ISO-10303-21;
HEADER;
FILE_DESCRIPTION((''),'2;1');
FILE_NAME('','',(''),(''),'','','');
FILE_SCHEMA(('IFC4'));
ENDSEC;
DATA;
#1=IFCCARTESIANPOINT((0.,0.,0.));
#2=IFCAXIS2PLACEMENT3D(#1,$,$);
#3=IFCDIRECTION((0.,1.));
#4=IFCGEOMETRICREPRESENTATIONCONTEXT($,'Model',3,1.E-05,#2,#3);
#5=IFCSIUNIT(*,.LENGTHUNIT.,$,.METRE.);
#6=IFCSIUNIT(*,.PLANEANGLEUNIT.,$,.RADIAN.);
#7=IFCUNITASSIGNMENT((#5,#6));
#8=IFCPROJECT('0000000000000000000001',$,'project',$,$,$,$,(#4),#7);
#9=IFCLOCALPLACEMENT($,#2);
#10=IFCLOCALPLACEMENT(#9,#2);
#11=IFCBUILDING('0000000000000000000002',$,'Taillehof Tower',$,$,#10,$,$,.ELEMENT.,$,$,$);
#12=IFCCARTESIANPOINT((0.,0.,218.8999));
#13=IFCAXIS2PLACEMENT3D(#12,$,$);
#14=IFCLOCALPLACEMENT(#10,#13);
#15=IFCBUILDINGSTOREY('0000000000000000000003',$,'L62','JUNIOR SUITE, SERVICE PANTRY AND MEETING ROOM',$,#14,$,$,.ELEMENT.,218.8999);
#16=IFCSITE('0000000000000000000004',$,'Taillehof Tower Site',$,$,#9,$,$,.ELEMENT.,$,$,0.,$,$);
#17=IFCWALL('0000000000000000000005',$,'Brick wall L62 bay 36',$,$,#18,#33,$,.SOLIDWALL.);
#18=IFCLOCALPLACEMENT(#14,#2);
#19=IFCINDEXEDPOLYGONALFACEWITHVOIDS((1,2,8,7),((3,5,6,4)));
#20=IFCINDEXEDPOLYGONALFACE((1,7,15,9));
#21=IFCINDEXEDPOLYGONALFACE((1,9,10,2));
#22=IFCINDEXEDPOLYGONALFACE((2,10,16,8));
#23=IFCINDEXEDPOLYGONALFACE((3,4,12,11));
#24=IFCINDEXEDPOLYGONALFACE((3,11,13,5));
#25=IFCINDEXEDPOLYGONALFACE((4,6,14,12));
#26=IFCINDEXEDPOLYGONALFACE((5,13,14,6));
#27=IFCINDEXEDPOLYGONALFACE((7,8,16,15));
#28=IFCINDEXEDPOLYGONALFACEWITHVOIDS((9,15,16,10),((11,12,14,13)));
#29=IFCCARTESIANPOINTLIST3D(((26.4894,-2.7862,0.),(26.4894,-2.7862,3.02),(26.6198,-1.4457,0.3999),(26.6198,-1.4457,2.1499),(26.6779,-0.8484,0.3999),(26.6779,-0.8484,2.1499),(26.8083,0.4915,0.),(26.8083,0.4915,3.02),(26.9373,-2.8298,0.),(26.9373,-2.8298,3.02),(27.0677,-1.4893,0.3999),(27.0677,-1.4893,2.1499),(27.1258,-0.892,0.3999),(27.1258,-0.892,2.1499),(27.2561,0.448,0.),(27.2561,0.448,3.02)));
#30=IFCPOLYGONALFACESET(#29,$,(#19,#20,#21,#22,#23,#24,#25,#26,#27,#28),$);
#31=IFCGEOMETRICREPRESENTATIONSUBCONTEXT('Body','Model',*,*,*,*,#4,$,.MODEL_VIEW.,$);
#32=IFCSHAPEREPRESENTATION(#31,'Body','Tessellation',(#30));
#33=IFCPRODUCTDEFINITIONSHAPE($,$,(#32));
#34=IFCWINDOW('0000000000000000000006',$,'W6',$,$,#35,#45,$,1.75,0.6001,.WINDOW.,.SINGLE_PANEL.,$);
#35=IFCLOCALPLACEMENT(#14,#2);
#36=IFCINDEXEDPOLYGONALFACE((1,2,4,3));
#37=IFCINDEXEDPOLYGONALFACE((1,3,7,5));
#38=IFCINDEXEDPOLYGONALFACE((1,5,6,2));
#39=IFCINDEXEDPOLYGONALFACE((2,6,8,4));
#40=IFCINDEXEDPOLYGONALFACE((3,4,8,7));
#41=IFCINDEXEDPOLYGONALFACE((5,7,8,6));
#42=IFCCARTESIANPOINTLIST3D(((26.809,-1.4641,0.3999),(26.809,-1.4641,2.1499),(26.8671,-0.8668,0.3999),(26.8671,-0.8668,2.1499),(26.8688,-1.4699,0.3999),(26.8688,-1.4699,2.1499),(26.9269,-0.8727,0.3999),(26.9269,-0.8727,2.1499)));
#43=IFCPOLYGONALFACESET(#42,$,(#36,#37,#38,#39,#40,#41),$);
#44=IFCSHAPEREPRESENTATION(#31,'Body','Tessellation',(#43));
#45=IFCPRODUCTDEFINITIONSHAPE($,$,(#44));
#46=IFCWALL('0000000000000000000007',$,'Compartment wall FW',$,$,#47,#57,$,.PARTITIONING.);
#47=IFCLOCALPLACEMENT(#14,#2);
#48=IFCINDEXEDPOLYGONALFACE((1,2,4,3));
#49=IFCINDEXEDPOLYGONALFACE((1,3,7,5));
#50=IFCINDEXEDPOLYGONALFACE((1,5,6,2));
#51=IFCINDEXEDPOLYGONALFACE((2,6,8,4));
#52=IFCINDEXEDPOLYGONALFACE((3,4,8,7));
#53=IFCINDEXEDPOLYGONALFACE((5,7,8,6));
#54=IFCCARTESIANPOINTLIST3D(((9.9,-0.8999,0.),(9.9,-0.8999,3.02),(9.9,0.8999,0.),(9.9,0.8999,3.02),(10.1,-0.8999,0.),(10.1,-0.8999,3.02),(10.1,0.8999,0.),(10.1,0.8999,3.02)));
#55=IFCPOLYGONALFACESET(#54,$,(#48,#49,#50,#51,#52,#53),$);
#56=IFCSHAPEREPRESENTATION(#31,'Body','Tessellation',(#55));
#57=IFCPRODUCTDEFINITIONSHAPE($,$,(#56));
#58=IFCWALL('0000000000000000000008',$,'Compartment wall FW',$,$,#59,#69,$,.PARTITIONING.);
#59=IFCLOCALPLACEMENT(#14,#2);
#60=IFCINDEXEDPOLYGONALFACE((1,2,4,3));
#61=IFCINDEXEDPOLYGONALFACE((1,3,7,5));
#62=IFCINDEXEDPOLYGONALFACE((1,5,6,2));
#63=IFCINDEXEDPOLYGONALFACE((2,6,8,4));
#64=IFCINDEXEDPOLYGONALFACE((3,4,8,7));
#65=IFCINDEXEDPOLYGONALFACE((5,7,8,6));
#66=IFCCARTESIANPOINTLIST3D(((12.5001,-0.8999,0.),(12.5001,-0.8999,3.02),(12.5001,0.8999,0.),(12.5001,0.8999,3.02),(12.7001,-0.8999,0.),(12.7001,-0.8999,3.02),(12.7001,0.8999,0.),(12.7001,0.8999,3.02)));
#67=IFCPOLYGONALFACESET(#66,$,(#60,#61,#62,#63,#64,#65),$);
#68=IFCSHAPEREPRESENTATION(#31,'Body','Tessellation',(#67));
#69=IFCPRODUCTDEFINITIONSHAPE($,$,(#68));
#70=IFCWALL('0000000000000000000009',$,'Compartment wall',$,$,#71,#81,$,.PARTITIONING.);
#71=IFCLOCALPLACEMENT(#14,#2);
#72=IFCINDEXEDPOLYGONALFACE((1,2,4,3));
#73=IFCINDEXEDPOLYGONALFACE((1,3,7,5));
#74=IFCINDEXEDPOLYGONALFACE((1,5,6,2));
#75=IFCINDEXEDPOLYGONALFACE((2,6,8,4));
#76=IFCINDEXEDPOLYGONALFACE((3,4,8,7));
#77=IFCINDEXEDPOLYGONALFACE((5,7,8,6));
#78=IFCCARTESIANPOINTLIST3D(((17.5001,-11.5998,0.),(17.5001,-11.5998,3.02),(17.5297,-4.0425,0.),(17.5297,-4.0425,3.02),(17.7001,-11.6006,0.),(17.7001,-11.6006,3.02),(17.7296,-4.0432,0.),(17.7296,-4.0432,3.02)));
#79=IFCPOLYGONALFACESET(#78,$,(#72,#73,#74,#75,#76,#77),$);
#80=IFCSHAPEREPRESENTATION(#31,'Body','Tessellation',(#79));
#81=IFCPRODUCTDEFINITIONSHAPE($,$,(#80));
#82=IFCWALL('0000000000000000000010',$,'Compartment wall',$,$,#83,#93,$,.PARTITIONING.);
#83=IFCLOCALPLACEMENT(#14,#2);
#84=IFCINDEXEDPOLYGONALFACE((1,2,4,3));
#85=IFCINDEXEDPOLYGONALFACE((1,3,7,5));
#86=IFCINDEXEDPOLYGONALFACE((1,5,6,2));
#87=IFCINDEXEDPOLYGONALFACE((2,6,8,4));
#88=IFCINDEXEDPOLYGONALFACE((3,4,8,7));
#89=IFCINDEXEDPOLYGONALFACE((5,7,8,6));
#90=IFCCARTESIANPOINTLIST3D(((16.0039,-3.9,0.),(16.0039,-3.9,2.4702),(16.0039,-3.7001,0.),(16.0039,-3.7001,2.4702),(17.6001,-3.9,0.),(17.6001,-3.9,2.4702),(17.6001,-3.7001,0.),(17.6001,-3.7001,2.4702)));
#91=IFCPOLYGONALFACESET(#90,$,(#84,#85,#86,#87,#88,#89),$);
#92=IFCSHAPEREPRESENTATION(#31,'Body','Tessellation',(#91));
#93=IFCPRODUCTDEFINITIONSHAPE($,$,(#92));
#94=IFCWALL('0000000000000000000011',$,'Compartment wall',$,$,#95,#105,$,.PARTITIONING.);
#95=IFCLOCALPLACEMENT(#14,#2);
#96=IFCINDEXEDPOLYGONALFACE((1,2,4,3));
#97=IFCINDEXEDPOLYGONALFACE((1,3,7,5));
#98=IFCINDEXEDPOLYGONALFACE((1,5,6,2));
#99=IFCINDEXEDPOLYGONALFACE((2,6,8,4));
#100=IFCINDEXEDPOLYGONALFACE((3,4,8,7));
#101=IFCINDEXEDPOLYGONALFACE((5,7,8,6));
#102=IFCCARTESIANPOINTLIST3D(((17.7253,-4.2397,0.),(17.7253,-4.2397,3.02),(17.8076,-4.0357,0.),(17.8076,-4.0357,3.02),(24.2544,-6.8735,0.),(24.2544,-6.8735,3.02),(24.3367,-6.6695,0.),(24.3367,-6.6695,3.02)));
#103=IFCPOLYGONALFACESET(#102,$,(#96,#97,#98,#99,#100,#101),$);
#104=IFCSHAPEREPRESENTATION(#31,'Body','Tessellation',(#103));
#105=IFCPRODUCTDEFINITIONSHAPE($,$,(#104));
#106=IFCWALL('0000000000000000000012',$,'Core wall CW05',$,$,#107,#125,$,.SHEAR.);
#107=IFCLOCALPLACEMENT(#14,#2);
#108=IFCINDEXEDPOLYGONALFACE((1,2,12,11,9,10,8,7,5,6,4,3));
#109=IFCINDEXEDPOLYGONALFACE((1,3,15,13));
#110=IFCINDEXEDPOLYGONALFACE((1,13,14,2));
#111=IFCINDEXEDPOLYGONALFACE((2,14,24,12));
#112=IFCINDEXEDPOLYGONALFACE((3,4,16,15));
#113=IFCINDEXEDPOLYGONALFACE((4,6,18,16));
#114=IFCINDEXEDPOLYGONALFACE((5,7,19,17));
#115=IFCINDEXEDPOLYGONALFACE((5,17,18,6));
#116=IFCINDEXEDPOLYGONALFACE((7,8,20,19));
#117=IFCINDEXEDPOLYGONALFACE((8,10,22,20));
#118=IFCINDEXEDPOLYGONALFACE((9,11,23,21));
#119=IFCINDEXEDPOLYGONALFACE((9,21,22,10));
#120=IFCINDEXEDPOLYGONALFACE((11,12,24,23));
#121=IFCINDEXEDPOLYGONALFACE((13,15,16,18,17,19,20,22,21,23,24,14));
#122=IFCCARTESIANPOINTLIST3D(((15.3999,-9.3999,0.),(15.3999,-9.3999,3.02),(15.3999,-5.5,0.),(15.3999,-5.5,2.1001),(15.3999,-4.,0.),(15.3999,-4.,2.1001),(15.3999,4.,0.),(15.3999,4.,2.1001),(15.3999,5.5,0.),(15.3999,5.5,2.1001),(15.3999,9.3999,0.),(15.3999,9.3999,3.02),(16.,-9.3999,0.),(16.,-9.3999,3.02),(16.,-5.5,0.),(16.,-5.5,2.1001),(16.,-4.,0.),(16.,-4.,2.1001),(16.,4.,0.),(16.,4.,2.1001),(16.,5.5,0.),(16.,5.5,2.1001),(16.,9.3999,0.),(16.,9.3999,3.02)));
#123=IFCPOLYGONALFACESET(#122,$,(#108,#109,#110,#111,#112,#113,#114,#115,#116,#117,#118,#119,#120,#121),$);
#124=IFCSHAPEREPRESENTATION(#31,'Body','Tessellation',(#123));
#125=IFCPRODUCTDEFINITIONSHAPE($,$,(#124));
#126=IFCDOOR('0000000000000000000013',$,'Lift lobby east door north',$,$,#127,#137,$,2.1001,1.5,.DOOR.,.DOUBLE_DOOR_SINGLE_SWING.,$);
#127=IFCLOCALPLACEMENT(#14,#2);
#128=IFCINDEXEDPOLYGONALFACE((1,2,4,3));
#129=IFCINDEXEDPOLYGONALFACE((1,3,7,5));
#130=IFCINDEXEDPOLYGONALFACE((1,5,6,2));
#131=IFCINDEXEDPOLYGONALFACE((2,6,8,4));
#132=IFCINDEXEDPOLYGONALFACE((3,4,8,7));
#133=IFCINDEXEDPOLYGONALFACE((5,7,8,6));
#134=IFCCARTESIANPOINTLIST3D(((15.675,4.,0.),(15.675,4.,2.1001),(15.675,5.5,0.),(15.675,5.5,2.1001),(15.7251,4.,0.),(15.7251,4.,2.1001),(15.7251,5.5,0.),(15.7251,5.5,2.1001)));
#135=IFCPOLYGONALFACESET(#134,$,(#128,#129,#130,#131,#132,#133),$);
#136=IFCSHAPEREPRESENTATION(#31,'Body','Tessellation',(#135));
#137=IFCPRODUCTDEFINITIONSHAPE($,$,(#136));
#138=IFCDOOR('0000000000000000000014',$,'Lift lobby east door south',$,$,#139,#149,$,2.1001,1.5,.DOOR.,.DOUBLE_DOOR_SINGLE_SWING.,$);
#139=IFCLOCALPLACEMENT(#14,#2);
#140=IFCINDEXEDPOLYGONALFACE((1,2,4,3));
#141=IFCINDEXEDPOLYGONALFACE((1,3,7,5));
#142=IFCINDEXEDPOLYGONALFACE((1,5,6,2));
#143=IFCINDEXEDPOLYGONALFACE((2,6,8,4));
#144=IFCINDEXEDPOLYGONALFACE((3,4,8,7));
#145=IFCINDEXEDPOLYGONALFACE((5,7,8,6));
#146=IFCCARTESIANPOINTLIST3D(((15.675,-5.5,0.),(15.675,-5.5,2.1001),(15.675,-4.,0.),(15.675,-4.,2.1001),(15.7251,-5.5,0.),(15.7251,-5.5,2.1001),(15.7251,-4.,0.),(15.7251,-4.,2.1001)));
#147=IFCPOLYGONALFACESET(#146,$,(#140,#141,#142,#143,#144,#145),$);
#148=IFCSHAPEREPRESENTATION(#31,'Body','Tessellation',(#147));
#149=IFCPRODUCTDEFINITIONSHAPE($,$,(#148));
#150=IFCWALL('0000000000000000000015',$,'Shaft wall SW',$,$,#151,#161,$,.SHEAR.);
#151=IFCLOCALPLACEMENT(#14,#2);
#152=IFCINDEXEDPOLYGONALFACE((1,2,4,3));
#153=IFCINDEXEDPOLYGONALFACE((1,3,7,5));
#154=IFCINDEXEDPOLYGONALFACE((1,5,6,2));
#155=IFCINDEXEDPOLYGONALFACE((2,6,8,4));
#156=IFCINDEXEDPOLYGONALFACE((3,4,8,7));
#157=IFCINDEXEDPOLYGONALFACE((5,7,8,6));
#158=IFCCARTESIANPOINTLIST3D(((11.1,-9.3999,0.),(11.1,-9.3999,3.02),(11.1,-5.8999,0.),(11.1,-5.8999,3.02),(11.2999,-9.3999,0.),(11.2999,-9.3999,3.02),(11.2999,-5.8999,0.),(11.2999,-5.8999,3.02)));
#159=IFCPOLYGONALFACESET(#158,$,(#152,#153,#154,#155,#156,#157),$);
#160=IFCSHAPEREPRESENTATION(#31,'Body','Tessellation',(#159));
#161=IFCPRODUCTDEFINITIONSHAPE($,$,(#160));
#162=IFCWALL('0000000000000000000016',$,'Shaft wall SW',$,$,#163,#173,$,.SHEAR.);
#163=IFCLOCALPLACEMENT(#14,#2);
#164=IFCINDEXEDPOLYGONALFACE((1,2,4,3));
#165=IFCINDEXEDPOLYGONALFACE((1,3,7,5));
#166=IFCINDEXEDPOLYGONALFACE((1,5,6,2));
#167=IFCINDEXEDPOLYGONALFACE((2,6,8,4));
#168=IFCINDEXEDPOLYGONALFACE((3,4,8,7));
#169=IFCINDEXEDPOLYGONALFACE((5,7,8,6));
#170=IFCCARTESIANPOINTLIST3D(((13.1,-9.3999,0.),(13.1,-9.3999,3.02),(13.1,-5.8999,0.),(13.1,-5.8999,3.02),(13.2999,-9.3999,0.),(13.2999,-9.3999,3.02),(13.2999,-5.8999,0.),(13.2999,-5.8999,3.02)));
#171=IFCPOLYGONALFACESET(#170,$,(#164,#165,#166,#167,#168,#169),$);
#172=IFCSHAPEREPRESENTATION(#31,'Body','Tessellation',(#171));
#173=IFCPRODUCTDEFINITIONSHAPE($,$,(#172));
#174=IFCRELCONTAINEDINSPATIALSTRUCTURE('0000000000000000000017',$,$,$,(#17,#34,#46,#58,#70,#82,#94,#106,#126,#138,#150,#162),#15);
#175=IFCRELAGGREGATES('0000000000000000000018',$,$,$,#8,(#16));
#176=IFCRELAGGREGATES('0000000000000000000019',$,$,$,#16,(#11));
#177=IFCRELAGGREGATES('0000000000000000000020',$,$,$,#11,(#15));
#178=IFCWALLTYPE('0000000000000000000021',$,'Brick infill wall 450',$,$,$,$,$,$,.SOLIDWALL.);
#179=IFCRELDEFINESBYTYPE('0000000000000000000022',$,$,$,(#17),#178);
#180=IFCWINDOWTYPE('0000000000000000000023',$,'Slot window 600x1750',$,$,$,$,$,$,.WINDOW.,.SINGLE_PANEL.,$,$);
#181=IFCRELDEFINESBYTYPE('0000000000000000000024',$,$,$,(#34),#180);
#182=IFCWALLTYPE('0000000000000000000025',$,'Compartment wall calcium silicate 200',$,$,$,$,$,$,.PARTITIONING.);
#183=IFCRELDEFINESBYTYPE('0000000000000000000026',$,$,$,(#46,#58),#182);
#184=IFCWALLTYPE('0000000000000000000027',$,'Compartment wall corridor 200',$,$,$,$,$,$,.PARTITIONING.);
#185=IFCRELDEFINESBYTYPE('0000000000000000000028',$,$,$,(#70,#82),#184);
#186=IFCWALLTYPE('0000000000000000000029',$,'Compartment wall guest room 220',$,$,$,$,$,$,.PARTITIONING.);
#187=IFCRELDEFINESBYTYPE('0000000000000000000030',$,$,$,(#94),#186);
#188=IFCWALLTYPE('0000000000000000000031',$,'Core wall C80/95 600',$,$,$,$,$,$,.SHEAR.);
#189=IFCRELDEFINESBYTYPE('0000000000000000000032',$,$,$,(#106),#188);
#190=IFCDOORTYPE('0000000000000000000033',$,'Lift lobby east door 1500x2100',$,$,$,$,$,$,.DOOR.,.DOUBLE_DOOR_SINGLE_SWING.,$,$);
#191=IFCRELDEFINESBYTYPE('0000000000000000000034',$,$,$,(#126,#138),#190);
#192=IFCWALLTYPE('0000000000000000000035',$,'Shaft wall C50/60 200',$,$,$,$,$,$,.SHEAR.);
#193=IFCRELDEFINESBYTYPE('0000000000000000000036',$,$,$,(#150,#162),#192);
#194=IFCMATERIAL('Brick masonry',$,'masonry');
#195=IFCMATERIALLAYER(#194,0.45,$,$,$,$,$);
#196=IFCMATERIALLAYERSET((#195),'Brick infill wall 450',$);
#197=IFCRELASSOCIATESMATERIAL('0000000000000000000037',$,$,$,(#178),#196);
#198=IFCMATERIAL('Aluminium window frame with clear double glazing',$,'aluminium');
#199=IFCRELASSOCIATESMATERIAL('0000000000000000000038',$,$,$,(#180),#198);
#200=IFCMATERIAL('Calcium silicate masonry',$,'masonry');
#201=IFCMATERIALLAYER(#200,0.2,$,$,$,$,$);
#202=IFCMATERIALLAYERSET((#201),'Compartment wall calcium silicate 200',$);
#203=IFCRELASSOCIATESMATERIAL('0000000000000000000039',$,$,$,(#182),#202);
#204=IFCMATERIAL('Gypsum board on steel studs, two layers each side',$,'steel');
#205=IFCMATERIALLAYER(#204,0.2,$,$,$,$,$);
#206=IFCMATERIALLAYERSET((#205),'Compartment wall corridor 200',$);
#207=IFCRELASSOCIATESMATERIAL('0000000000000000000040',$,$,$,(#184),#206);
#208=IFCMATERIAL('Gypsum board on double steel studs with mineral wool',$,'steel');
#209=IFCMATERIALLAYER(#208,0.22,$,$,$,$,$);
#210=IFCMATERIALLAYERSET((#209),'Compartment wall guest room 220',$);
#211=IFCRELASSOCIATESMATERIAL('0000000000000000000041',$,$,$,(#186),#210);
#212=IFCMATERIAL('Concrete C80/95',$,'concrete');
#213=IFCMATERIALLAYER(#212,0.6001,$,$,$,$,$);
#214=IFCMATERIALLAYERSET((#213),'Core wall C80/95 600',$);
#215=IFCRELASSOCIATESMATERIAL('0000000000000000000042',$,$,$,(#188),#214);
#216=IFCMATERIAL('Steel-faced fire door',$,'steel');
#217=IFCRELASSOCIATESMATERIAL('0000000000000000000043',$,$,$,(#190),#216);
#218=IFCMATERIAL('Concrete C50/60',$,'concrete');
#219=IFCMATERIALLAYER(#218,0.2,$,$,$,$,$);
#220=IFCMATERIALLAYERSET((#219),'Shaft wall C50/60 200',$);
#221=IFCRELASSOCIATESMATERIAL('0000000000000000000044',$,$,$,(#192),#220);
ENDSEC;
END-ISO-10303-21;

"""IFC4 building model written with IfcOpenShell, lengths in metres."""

from ifc_helpers import new_model, si_unit, direction, frame, frame_2d, origin, place, context, subcontext, project, spatial, rectangle, extrude, material, layer, layer_set, type_object, element, fill, save


model = new_model("IFC4")

# Units and contexts
model_context = context("Model", 3, precision=1e-05, world=origin(), true_north=direction((0.0, 1.0)))
body_context = subcontext(model_context, "Body", "Model", "MODEL_VIEW")
ifc_project = project(units=[si_unit("LENGTHUNIT", "METRE"), si_unit("PLANEANGLEUNIT", "RADIAN")], contexts=[model_context])

# Site, building, storey
site_placement = place(None, origin())
site = spatial("IfcSite", under=ifc_project, at=site_placement, Name="Taillehof Tower Site", CompositionType="ELEMENT", RefElevation=0.0)
building_placement = place(site_placement, origin())
building = spatial("IfcBuilding", under=site, at=building_placement, Name="Taillehof Tower", CompositionType="ELEMENT")
storey_placement = place(building_placement, frame((0.0, 0.0, 218.8999)))
storey = spatial("IfcBuildingStorey", under=building, at=storey_placement, Name="L62", Description="JUNIOR SUITE, SERVICE PANTRY AND MEETING ROOM", CompositionType="ELEMENT", Elevation=218.8999)

# Shared definitions
ifc_material_1 = material(Name="Brick masonry", Category="masonry")
ifc_layer_1 = layer(ifc_material_1, 0.45)
ifc_layer_set_1 = layer_set([ifc_layer_1], Name="Brick infill wall 450")
wall_type_1 = type_object("IfcWallType", Name="Brick infill wall 450", PredefinedType="SOLIDWALL", material=ifc_layer_set_1)
ifc_material_2 = material(Name="Aluminium window frame with clear double glazing", Category="aluminium")
window_type = type_object("IfcWindowType", Name="Slot window 600x1750", PartitioningType="SINGLE_PANEL", PredefinedType="WINDOW", material=ifc_material_2)

# Wall, opening, window
wall_1_placement = place(storey_placement, frame((26.7134, -2.8079, 0.0), z_axis=(0.0, 0.0, 1.0), x_axis=(0.096817, 0.995302, 0.0)))
wall_1 = element("IfcWall", 1, at=wall_1_placement, inside=storey, type_object=wall_type_1, Name="Brick wall L62 bay 36", PredefinedType="SOLIDWALL", context=body_context, shape_type="SweptSolid", body=[
    extrude(rectangle(XDim=3.2932, YDim=0.45, at=frame_2d((1.6465, 0.0))), origin(), (0.0, 0.0, 1.0), 3.02),
])
opening_1_placement = place(wall_1_placement, frame((1.3467, 0.0, 0.3999)))
opening_1 = element("IfcOpeningElement", 2, at=opening_1_placement, cuts=wall_1, PredefinedType="OPENING", context=body_context, shape_type="SweptSolid", body=[
    extrude(rectangle(XDim=0.6001, YDim=1.75, at=frame_2d((0.3, 0.875))), frame((0.0, 0.2349, 0.0), z_axis=(0.0, -1.0, 0.0), x_axis=(1.0, 0.0, 0.0)), (0.0, 0.0, 1.0), 0.47),
])
window_1_placement = place(opening_1_placement, origin())
window_1 = element("IfcWindow", 3, at=window_1_placement, inside=storey, type_object=window_type, Name="W6", OverallHeight=1.75, OverallWidth=0.6001, PartitioningType="SINGLE_PANEL", PredefinedType="WINDOW", context=body_context, shape_type="SweptSolid", body=[
    extrude(rectangle(XDim=0.6001, YDim=1.75, at=frame_2d((0.3, 0.875))), frame((0.0, 0.0349, 0.0), z_axis=(0.0, -1.0, 0.0), x_axis=(1.0, 0.0, 0.0)), (0.0, 0.0, 1.0), 0.0601),
])
fill(opening_1, window_1)

# Walls
ifc_material_3 = material(Name="Calcium silicate masonry", Category="masonry")
ifc_layer_2 = layer(ifc_material_3, 0.2)
ifc_layer_set_2 = layer_set([ifc_layer_2], Name="Compartment wall calcium silicate 200")
wall_type_2 = type_object("IfcWallType", Name="Compartment wall calcium silicate 200", PredefinedType="PARTITIONING", material=ifc_layer_set_2)
for number, where, z_axis, x_axis, name in (
    (4, (10.0, -0.8999, 0.0), (0.0, 0.0, 1.0), (0.0, 1.0, 0.0), "Compartment wall FW"),
    (5, (12.6001, -0.8999, 0.0), (0.0, 0.0, 1.0), (0.0, 1.0, 0.0), "Compartment wall FW"),
):
    element("IfcWall", number, at=place(storey_placement, frame(where, z_axis=z_axis, x_axis=x_axis)), inside=storey, type_object=wall_type_2, Name=name, PredefinedType="PARTITIONING", context=body_context, shape_type="SweptSolid", body=[
        extrude(rectangle(XDim=1.7998, YDim=0.2, at=frame_2d((0.8999, 0.0))), origin(), (0.0, 0.0, 1.0), 3.02),
    ])
ifc_material_4 = material(Name="Gypsum board on steel studs, two layers each side", Category="steel")
ifc_layer_3 = layer(ifc_material_4, 0.2)
ifc_layer_set_3 = layer_set([ifc_layer_3], Name="Compartment wall corridor 200")
wall_type_3 = type_object("IfcWallType", Name="Compartment wall corridor 200", PredefinedType="PARTITIONING", material=ifc_layer_set_3)
wall_2_placement = place(storey_placement, frame((17.6296, -4.0427, 0.0), z_axis=(0.0, 0.0, 1.0), x_axis=(-0.003909, -0.999992, 0.0)))
element("IfcWall", 6, at=wall_2_placement, inside=storey, type_object=wall_type_3, Name="Compartment wall", PredefinedType="PARTITIONING", context=body_context, shape_type="SweptSolid", body=[
    extrude(rectangle(XDim=7.5574, YDim=0.2, at=frame_2d((3.7788, 0.0))), origin(), (0.0, 0.0, 1.0), 3.02),
])
wall_3_placement = place(storey_placement, frame((16.0039, -3.8, 0.0), z_axis=(0.0, 0.0, 1.0), x_axis=(1.0, 0.0, 0.0)))
element("IfcWall", 7, at=wall_3_placement, inside=storey, type_object=wall_type_3, Name="Compartment wall", PredefinedType="PARTITIONING", context=body_context, shape_type="SweptSolid", body=[
    extrude(rectangle(XDim=1.5962, YDim=0.2, at=frame_2d((0.7981, 0.0))), origin(), (0.0, 0.0, 1.0), 2.4702),
])
ifc_material_5 = material(Name="Gypsum board on double steel studs with mineral wool", Category="steel")
ifc_layer_4 = layer(ifc_material_5, 0.22)
ifc_layer_set_4 = layer_set([ifc_layer_4], Name="Compartment wall guest room 220")
wall_type_4 = type_object("IfcWallType", Name="Compartment wall guest room 220", PredefinedType="PARTITIONING", material=ifc_layer_set_4)
wall_4_placement = place(storey_placement, frame((24.2954, -6.7715, 0.0), z_axis=(0.0, 0.0, 1.0), x_axis=(-0.927387, 0.374104, 0.0)))
element("IfcWall", 8, at=wall_4_placement, inside=storey, type_object=wall_type_4, Name="Compartment wall", PredefinedType="PARTITIONING", context=body_context, shape_type="SweptSolid", body=[
    extrude(rectangle(XDim=7.0403, YDim=0.22, at=frame_2d((3.52, 0.0))), origin(), (0.0, 0.0, 1.0), 3.02),
])

# Wall, openings, doors
ifc_material_6 = material(Name="Concrete C80/95", Category="concrete")
ifc_layer_5 = layer(ifc_material_6, 0.6001)
ifc_layer_set_5 = layer_set([ifc_layer_5], Name="Core wall C80/95 600")
wall_type_5 = type_object("IfcWallType", Name="Core wall C80/95 600", PredefinedType="SHEAR", material=ifc_layer_set_5)
wall_5_placement = place(storey_placement, frame((15.7, -9.3999, 0.0), z_axis=(0.0, 0.0, 1.0), x_axis=(0.0, 1.0, 0.0)))
wall_5 = element("IfcWall", 9, at=wall_5_placement, inside=storey, type_object=wall_type_5, Name="Core wall CW05", PredefinedType="SHEAR", context=body_context, shape_type="SweptSolid", body=[
    extrude(rectangle(XDim=18.7998, YDim=0.6001, at=frame_2d((9.3999, 0.0))), origin(), (0.0, 0.0, 1.0), 3.02),
])
opening_2_placement = place(wall_5_placement, frame((13.3999, 0.0, 0.0)))
opening_2 = element("IfcOpeningElement", 10, at=opening_2_placement, cuts=wall_5, PredefinedType="OPENING", context=body_context, shape_type="SweptSolid", body=[
    extrude(rectangle(XDim=1.5, YDim=2.1001, at=frame_2d((0.75, 1.05))), frame((0.0, 0.3101, 0.0), z_axis=(0.0, -1.0, 0.0), x_axis=(1.0, 0.0, 0.0)), (0.0, 0.0, 1.0), 0.6201),
])
opening_3_placement = place(wall_5_placement, frame((3.8999, 0.0, 0.0)))
opening_3 = element("IfcOpeningElement", 11, at=opening_3_placement, cuts=wall_5, PredefinedType="OPENING", context=body_context, shape_type="SweptSolid", body=[
    extrude(rectangle(XDim=1.5, YDim=2.1001, at=frame_2d((0.75, 1.05))), frame((0.0, 0.3101, 0.0), z_axis=(0.0, -1.0, 0.0), x_axis=(1.0, 0.0, 0.0)), (0.0, 0.0, 1.0), 0.6201),
])
ifc_material_7 = material(Name="Steel-faced fire door", Category="steel")
door_type = type_object("IfcDoorType", Name="Lift lobby east door 1500x2100", OperationType="DOUBLE_DOOR_SINGLE_SWING", PredefinedType="DOOR", material=ifc_material_7)
door_1_placement = place(opening_2_placement, origin())
door_1 = element("IfcDoor", 12, at=door_1_placement, inside=storey, type_object=door_type, Name="Lift lobby east door north", OperationType="DOUBLE_DOOR_SINGLE_SWING", OverallHeight=2.1001, OverallWidth=1.5, PredefinedType="DOOR", context=body_context, shape_type="SweptSolid", body=[
    extrude(rectangle(XDim=1.5, YDim=2.1001, at=frame_2d((0.75, 1.05))), frame((0.0, 0.0249, 0.0), z_axis=(0.0, -1.0, 0.0), x_axis=(1.0, 0.0, 0.0)), (0.0, 0.0, 1.0), 0.05),
])
fill(opening_2, door_1)
door_2_placement = place(opening_3_placement, origin())
door_2 = element("IfcDoor", 13, at=door_2_placement, inside=storey, type_object=door_type, Name="Lift lobby east door south", OperationType="DOUBLE_DOOR_SINGLE_SWING", OverallHeight=2.1001, OverallWidth=1.5, PredefinedType="DOOR", context=body_context, shape_type="SweptSolid", body=[
    extrude(rectangle(XDim=1.5, YDim=2.1001, at=frame_2d((0.75, 1.05))), frame((0.0, 0.0249, 0.0), z_axis=(0.0, -1.0, 0.0), x_axis=(1.0, 0.0, 0.0)), (0.0, 0.0, 1.0), 0.05),
])
fill(opening_3, door_2)

# Walls
ifc_material_8 = material(Name="Concrete C50/60", Category="concrete")
ifc_layer_6 = layer(ifc_material_8, 0.2)
ifc_layer_set_6 = layer_set([ifc_layer_6], Name="Shaft wall C50/60 200")
wall_type_6 = type_object("IfcWallType", Name="Shaft wall C50/60 200", PredefinedType="SHEAR", material=ifc_layer_set_6)
for number, where, z_axis, x_axis, name in (
    (14, (11.2, -9.3999, 0.0), (0.0, 0.0, 1.0), (0.0, 1.0, 0.0), "Shaft wall SW"),
    (15, (13.2, -9.3999, 0.0), (0.0, 0.0, 1.0), (0.0, 1.0, 0.0), "Shaft wall SW"),
):
    element("IfcWall", number, at=place(storey_placement, frame(where, z_axis=z_axis, x_axis=x_axis)), inside=storey, type_object=wall_type_6, Name=name, PredefinedType="SHEAR", context=body_context, shape_type="SweptSolid", body=[
        extrude(rectangle(XDim=3.5, YDim=0.2, at=frame_2d((1.75, 0.0))), origin(), (0.0, 0.0, 1.0), 3.02),
    ])

save(model, "model.ifc")
